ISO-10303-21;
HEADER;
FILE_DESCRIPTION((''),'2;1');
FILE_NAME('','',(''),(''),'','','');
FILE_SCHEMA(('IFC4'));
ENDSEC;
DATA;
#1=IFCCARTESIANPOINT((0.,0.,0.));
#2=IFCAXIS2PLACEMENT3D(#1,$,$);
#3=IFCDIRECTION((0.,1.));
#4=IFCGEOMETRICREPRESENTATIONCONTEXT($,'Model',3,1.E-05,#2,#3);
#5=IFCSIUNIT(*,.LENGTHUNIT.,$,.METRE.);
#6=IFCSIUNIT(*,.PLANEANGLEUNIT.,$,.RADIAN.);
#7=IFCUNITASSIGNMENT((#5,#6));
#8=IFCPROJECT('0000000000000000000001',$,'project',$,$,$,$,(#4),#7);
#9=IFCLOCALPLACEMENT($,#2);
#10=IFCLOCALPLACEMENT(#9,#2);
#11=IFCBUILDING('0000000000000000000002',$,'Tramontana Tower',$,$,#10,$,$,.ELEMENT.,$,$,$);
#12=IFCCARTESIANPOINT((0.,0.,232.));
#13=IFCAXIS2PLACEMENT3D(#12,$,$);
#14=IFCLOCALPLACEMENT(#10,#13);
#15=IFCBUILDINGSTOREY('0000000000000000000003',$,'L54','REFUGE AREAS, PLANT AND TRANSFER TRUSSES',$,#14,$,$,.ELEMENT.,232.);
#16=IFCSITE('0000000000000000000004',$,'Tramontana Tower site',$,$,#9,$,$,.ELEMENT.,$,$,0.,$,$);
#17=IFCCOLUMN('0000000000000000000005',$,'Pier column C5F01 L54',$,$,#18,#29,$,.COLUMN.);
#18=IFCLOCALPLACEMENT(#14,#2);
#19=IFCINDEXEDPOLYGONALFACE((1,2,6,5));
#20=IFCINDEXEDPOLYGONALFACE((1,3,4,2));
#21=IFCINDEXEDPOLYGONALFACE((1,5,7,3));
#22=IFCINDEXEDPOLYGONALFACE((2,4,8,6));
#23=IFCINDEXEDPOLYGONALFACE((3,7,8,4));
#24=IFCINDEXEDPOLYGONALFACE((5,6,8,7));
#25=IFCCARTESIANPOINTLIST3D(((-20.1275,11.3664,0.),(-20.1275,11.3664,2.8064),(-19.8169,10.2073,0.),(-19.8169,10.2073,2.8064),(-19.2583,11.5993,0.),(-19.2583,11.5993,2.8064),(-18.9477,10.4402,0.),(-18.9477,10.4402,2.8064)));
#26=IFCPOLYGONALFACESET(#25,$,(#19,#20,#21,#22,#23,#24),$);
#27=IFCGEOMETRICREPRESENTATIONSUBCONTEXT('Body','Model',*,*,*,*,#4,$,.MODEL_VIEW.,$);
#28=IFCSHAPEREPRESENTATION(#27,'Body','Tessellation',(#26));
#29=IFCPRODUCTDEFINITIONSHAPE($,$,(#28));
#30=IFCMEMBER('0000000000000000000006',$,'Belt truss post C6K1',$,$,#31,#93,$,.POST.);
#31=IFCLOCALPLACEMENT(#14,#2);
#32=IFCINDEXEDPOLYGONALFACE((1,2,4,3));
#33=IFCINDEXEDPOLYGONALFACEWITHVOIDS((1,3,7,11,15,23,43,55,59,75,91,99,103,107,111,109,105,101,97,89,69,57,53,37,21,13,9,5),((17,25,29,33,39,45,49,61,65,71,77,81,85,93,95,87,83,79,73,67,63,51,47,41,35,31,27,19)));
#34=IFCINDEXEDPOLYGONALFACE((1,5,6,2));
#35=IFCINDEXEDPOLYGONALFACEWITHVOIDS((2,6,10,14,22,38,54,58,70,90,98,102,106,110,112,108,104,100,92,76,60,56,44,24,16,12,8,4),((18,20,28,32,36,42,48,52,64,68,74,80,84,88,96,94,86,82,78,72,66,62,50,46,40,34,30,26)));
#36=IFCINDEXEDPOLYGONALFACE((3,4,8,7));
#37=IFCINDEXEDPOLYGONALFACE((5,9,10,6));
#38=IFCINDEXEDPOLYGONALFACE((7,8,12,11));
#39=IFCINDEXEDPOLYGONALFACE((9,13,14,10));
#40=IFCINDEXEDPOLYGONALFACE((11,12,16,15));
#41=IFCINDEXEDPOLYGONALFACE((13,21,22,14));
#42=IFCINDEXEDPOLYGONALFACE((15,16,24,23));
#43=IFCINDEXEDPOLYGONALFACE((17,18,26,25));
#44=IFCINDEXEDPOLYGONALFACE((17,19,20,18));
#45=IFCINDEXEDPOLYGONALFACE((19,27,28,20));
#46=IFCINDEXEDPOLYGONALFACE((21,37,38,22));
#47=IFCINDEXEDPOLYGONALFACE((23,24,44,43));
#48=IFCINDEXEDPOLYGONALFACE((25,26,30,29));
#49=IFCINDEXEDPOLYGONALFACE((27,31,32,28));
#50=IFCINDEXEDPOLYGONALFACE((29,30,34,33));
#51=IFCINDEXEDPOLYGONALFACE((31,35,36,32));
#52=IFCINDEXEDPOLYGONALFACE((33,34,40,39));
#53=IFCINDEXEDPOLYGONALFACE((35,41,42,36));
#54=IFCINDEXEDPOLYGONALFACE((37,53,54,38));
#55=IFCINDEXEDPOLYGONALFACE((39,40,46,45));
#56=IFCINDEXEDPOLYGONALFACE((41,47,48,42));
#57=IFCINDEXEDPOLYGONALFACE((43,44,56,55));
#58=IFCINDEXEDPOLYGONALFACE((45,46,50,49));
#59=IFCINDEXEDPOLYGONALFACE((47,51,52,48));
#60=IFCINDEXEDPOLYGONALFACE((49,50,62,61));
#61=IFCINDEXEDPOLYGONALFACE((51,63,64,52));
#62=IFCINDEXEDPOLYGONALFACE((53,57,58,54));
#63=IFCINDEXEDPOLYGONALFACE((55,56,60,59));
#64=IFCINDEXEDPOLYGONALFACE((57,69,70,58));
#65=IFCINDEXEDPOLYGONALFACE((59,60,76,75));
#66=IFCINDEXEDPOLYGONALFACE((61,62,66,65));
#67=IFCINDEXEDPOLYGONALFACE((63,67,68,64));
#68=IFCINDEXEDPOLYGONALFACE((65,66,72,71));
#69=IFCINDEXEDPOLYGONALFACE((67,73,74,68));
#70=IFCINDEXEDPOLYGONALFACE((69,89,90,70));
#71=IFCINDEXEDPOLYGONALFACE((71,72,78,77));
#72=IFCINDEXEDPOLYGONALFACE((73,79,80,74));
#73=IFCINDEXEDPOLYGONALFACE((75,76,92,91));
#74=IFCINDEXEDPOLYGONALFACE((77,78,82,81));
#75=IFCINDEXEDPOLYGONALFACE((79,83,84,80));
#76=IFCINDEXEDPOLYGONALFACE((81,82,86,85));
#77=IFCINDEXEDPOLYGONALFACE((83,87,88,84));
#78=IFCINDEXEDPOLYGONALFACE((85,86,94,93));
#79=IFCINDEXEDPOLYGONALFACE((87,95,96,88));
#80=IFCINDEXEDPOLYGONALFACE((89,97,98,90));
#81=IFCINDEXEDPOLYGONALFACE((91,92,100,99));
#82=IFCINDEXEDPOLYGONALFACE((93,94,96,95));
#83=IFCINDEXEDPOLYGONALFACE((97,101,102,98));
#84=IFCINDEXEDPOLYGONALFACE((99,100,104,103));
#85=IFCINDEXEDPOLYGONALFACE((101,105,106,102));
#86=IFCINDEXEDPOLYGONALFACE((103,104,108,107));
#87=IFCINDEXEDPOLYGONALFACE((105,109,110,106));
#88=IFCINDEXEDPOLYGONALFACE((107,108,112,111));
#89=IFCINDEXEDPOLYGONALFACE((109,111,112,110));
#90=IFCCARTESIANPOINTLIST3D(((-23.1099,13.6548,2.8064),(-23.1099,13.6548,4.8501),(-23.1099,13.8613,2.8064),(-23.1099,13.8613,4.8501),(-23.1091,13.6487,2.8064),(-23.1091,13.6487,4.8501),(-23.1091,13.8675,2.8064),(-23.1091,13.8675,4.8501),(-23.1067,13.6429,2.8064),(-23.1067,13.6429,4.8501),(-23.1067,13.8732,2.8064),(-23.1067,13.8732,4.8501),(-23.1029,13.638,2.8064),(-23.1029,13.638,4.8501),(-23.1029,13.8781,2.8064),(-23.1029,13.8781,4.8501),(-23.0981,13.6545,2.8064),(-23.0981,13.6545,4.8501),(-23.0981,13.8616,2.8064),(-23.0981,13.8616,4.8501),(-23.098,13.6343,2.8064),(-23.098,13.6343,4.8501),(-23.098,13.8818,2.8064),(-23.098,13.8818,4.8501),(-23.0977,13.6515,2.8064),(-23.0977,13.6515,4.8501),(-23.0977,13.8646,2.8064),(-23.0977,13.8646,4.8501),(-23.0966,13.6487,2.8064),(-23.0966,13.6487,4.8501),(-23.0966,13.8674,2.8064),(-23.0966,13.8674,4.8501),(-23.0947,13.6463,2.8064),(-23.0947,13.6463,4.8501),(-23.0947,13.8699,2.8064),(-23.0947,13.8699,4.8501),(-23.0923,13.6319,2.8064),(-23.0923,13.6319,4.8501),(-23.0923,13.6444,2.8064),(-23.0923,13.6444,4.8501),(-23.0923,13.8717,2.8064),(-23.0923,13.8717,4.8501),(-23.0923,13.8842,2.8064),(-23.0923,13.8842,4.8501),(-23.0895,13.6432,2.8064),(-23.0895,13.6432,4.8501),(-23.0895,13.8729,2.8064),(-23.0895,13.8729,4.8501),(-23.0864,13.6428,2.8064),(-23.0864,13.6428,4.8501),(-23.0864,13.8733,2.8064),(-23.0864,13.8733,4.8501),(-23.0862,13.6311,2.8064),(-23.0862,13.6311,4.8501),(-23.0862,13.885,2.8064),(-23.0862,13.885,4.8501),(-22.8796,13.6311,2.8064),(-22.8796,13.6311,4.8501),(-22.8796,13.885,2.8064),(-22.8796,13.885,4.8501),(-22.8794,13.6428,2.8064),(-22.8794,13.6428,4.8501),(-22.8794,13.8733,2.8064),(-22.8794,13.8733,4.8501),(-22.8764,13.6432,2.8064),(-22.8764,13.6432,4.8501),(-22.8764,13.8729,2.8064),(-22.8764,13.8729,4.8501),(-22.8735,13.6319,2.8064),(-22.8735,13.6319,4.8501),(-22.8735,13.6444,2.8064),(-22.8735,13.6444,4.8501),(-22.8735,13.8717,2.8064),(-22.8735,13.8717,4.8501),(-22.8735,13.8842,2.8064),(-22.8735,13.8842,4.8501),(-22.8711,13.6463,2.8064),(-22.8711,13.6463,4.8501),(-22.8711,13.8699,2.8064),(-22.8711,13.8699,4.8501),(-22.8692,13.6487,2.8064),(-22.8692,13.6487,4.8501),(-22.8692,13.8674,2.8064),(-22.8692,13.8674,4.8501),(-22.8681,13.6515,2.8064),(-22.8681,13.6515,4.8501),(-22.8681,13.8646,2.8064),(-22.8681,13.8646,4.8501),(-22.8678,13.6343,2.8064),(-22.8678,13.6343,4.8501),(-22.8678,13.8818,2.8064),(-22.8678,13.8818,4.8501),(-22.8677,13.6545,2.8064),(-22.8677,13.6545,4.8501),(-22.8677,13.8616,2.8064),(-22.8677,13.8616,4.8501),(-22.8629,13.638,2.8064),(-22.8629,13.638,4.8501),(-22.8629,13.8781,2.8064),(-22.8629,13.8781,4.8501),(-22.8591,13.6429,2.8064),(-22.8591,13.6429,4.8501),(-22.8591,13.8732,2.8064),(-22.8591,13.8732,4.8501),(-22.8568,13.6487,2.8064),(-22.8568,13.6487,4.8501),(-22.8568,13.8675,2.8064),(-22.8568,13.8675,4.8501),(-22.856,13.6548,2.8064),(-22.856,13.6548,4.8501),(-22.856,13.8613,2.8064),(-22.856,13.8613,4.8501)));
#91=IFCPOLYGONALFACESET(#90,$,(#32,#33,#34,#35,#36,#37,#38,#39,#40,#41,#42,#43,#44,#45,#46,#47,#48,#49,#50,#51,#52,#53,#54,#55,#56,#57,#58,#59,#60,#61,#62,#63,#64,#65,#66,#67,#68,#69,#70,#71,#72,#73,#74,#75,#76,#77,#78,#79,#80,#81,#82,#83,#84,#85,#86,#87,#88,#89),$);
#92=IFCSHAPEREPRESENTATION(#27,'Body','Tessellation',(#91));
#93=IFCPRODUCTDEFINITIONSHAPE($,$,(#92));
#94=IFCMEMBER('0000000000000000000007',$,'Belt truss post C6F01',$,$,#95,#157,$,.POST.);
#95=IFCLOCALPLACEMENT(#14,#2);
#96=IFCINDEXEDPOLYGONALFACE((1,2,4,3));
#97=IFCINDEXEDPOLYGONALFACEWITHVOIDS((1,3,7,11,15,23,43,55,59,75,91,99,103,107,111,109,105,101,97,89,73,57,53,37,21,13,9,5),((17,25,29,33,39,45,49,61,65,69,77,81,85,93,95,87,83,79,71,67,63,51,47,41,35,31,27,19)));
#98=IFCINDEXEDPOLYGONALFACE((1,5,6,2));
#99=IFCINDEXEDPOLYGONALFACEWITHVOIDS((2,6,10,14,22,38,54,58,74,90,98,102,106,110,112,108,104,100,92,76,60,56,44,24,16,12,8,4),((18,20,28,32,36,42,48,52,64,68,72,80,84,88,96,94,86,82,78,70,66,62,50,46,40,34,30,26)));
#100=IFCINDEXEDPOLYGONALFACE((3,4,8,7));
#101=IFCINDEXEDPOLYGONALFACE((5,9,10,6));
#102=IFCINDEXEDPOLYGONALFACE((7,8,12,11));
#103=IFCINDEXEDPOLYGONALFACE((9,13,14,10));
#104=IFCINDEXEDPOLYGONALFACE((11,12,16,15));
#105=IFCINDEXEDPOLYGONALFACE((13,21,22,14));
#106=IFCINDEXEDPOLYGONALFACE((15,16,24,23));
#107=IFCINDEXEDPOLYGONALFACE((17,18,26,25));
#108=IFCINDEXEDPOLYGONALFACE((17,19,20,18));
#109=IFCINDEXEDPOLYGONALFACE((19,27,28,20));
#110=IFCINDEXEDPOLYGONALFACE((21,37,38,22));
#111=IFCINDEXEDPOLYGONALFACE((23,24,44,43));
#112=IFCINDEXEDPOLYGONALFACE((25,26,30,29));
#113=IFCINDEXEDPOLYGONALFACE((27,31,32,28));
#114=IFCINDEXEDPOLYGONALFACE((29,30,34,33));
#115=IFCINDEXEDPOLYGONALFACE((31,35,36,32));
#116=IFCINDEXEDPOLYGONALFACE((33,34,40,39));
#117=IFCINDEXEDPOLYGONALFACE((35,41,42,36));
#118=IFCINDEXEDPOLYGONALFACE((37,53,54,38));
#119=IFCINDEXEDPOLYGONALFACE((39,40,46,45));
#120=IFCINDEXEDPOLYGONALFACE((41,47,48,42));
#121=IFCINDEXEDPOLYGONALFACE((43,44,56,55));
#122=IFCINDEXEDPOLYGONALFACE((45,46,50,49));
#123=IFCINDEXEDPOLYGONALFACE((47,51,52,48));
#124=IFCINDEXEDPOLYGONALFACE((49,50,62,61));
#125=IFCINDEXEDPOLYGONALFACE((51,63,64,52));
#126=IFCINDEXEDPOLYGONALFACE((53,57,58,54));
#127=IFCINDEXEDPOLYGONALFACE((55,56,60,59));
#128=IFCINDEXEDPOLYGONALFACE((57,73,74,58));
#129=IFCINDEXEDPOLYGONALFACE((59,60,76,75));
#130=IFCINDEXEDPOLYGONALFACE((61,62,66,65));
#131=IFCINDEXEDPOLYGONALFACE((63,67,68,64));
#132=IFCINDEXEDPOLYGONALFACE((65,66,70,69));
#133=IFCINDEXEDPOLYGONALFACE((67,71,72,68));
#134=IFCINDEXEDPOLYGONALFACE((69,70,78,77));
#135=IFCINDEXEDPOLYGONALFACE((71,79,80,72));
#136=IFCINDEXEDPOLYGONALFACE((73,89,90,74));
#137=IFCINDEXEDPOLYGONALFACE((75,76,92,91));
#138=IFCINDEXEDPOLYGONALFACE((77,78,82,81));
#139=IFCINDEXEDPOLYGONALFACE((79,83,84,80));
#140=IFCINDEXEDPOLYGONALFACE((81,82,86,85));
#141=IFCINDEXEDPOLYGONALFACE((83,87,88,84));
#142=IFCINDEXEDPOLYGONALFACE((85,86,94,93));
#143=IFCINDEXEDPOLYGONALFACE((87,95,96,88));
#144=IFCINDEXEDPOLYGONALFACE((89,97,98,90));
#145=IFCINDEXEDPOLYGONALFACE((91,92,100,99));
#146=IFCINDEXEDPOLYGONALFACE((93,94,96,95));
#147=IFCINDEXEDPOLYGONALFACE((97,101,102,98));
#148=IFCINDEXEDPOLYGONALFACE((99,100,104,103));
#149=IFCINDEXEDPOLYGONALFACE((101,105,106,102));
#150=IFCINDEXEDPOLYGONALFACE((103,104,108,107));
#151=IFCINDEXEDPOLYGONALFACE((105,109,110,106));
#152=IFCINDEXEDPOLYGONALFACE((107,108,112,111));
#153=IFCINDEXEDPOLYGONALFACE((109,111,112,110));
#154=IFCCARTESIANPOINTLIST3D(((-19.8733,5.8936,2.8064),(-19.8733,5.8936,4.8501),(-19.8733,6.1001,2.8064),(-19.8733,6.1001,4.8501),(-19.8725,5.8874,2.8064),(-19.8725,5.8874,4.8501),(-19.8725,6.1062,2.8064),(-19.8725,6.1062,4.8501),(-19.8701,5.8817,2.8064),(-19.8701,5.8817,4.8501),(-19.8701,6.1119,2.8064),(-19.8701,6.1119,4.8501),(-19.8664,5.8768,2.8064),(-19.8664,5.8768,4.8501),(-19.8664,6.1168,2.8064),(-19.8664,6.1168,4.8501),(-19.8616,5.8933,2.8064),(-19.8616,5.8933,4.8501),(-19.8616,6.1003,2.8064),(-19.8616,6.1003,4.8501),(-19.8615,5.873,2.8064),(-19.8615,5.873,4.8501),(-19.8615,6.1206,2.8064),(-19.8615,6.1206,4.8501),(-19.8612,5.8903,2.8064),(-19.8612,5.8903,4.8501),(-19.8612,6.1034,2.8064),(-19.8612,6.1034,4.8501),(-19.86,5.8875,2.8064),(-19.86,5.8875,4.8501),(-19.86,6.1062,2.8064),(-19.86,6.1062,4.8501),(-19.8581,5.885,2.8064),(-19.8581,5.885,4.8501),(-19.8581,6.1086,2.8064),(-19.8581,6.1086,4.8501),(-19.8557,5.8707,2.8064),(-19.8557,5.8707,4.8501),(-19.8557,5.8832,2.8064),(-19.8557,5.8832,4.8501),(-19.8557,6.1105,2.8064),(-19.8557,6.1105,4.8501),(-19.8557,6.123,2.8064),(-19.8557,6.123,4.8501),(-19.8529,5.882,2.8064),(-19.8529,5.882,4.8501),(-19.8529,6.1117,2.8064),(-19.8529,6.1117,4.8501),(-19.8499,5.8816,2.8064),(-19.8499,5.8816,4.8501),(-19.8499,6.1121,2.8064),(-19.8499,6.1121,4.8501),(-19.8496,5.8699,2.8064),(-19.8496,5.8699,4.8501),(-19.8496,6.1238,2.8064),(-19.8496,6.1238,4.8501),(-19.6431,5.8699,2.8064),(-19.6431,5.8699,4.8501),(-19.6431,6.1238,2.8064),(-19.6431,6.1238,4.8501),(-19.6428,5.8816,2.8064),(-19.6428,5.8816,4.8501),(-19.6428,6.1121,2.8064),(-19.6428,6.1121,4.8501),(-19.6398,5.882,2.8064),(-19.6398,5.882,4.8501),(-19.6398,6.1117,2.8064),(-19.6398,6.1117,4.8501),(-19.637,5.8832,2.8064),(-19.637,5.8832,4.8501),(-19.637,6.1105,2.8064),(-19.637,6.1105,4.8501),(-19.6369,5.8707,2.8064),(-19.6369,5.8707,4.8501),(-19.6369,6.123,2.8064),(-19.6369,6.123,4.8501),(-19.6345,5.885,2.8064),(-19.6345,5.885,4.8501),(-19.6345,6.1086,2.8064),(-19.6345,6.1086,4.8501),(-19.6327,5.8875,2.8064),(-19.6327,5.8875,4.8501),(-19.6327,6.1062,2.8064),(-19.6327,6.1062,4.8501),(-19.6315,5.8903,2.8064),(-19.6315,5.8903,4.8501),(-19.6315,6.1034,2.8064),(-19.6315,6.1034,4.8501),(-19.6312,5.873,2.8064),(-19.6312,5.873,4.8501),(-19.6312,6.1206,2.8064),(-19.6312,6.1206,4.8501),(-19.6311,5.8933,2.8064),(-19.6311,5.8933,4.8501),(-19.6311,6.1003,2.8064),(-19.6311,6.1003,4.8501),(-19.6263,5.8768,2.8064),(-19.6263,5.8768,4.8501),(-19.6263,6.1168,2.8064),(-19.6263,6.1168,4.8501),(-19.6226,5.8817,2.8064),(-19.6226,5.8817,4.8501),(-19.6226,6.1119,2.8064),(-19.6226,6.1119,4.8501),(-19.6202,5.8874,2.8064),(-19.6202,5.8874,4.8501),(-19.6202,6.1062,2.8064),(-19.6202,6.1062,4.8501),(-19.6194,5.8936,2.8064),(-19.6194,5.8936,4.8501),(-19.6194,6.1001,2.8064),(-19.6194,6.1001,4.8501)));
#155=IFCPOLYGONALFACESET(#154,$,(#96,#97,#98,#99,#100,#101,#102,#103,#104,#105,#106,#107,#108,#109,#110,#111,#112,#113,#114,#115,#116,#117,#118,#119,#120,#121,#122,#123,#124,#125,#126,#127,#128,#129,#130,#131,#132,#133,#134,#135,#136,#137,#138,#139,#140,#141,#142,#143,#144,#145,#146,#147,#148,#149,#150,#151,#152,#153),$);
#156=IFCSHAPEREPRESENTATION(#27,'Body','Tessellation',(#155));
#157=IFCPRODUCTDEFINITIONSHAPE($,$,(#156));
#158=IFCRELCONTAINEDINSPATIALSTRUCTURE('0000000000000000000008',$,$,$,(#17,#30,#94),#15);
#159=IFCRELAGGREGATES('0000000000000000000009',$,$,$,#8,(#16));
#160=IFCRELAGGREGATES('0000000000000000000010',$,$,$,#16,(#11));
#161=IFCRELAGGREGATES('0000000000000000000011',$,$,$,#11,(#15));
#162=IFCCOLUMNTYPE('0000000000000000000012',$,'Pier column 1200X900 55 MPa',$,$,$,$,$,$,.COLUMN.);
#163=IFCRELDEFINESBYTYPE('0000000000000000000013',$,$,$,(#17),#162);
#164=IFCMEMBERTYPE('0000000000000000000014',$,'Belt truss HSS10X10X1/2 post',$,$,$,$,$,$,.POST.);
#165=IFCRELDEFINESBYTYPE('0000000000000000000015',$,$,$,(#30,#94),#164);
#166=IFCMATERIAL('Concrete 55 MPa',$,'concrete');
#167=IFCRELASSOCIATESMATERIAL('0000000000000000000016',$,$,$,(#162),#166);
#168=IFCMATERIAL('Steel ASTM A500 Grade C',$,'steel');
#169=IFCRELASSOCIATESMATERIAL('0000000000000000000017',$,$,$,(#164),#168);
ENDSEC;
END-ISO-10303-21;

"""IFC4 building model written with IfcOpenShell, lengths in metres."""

from ifc_helpers import new_model, si_unit, direction, frame, origin, origin_2d, place, context, subcontext, project, spatial, rectangle, hollow_rectangle, extrude, material, material_profile, profile_set, type_object, element, save


model = new_model("IFC4")

# Units and contexts
model_context = context("Model", 3, precision=1e-05, world=origin(), true_north=direction((0.0, 1.0)))
body_context = subcontext(model_context, "Body", "Model", "MODEL_VIEW")
ifc_project = project(units=[si_unit("LENGTHUNIT", "METRE"), si_unit("PLANEANGLEUNIT", "RADIAN")], contexts=[model_context])

# Site, building, storey
site_placement = place(None, origin())
site = spatial("IfcSite", under=ifc_project, at=site_placement, Name="Tramontana Tower site", CompositionType="ELEMENT", RefElevation=0.0)
building_placement = place(site_placement, origin())
building = spatial("IfcBuilding", under=site, at=building_placement, Name="Tramontana Tower", CompositionType="ELEMENT")
storey_placement = place(building_placement, frame((0.0, 0.0, 232.0)))
storey = spatial("IfcBuildingStorey", under=building, at=storey_placement, Name="L54", Description="REFUGE AREAS, PLANT AND TRANSFER TRUSSES", CompositionType="ELEMENT", Elevation=232.0)

# Column
ifc_material_1 = material(Name="Concrete 55 MPa", Category="concrete")
ifc_material_profile_1 = material_profile(ifc_material_1, rectangle(XDim=1.2, YDim=0.8999, at=origin_2d()), Name="Pier column 1200X900 55 MPa")
ifc_profile_set_1 = profile_set([ifc_material_profile_1], Name="Concrete 55 MPa")
column_type = type_object("IfcColumnType", Name="Pier column 1200X900 55 MPa", PredefinedType="COLUMN", material=ifc_profile_set_1)
column_placement = place(storey_placement, frame((-19.5376, 10.9033, 0.0), z_axis=(0.0, 0.0, 1.0), x_axis=(0.258819, -0.965926, 0.0)))
element("IfcColumn", 1, at=column_placement, inside=storey, type_object=column_type, Name="Pier column C5F01 L54", PredefinedType="COLUMN", context=body_context, shape_type="SweptSolid", body=[
    extrude(rectangle(XDim=1.2, YDim=0.8999, at=origin_2d()), origin(), (0.0, 0.0, 1.0), 2.8064),
])

# Members
ifc_material_2 = material(Name="Steel ASTM A500 Grade C", Category="steel")
ifc_material_profile_2 = material_profile(ifc_material_2, hollow_rectangle(XDim=0.2539, YDim=0.2539, WallThickness=0.0117, InnerFilletRadius=0.0117, OuterFilletRadius=0.0237, at=origin_2d()), Name="HSS10X10X1/2")
ifc_profile_set_2 = profile_set([ifc_material_profile_2], Name="Steel ASTM A500 Grade C")
member_type_1 = type_object("IfcMemberType", Name="Belt truss HSS10X10X1/2 post", PredefinedType="POST", material=ifc_profile_set_2)
for number, where, z_axis, x_axis, name in (
    (2, (-22.9829, 13.7581, 2.8064), (0.0, 0.0, 1.0), (1.0, 0.0, 0.0), "Belt truss post C6K1"),
    (3, (-19.7463, 5.9968, 2.8064), (0.0, 0.0, 1.0), (1.0, 0.0, 0.0), "Belt truss post C6F01"),
):
    element("IfcMember", number, at=place(storey_placement, frame(where, z_axis=z_axis, x_axis=x_axis)), inside=storey, type_object=member_type_1, Name=name, PredefinedType="POST", context=body_context, shape_type="SweptSolid", body=[
        extrude(hollow_rectangle(XDim=0.2539, YDim=0.2539, WallThickness=0.0117, InnerFilletRadius=0.0117, OuterFilletRadius=0.0237, at=origin_2d()), origin(), (0.0, 0.0, 1.0), 2.0437),
    ])

save(model, "model.ifc")
